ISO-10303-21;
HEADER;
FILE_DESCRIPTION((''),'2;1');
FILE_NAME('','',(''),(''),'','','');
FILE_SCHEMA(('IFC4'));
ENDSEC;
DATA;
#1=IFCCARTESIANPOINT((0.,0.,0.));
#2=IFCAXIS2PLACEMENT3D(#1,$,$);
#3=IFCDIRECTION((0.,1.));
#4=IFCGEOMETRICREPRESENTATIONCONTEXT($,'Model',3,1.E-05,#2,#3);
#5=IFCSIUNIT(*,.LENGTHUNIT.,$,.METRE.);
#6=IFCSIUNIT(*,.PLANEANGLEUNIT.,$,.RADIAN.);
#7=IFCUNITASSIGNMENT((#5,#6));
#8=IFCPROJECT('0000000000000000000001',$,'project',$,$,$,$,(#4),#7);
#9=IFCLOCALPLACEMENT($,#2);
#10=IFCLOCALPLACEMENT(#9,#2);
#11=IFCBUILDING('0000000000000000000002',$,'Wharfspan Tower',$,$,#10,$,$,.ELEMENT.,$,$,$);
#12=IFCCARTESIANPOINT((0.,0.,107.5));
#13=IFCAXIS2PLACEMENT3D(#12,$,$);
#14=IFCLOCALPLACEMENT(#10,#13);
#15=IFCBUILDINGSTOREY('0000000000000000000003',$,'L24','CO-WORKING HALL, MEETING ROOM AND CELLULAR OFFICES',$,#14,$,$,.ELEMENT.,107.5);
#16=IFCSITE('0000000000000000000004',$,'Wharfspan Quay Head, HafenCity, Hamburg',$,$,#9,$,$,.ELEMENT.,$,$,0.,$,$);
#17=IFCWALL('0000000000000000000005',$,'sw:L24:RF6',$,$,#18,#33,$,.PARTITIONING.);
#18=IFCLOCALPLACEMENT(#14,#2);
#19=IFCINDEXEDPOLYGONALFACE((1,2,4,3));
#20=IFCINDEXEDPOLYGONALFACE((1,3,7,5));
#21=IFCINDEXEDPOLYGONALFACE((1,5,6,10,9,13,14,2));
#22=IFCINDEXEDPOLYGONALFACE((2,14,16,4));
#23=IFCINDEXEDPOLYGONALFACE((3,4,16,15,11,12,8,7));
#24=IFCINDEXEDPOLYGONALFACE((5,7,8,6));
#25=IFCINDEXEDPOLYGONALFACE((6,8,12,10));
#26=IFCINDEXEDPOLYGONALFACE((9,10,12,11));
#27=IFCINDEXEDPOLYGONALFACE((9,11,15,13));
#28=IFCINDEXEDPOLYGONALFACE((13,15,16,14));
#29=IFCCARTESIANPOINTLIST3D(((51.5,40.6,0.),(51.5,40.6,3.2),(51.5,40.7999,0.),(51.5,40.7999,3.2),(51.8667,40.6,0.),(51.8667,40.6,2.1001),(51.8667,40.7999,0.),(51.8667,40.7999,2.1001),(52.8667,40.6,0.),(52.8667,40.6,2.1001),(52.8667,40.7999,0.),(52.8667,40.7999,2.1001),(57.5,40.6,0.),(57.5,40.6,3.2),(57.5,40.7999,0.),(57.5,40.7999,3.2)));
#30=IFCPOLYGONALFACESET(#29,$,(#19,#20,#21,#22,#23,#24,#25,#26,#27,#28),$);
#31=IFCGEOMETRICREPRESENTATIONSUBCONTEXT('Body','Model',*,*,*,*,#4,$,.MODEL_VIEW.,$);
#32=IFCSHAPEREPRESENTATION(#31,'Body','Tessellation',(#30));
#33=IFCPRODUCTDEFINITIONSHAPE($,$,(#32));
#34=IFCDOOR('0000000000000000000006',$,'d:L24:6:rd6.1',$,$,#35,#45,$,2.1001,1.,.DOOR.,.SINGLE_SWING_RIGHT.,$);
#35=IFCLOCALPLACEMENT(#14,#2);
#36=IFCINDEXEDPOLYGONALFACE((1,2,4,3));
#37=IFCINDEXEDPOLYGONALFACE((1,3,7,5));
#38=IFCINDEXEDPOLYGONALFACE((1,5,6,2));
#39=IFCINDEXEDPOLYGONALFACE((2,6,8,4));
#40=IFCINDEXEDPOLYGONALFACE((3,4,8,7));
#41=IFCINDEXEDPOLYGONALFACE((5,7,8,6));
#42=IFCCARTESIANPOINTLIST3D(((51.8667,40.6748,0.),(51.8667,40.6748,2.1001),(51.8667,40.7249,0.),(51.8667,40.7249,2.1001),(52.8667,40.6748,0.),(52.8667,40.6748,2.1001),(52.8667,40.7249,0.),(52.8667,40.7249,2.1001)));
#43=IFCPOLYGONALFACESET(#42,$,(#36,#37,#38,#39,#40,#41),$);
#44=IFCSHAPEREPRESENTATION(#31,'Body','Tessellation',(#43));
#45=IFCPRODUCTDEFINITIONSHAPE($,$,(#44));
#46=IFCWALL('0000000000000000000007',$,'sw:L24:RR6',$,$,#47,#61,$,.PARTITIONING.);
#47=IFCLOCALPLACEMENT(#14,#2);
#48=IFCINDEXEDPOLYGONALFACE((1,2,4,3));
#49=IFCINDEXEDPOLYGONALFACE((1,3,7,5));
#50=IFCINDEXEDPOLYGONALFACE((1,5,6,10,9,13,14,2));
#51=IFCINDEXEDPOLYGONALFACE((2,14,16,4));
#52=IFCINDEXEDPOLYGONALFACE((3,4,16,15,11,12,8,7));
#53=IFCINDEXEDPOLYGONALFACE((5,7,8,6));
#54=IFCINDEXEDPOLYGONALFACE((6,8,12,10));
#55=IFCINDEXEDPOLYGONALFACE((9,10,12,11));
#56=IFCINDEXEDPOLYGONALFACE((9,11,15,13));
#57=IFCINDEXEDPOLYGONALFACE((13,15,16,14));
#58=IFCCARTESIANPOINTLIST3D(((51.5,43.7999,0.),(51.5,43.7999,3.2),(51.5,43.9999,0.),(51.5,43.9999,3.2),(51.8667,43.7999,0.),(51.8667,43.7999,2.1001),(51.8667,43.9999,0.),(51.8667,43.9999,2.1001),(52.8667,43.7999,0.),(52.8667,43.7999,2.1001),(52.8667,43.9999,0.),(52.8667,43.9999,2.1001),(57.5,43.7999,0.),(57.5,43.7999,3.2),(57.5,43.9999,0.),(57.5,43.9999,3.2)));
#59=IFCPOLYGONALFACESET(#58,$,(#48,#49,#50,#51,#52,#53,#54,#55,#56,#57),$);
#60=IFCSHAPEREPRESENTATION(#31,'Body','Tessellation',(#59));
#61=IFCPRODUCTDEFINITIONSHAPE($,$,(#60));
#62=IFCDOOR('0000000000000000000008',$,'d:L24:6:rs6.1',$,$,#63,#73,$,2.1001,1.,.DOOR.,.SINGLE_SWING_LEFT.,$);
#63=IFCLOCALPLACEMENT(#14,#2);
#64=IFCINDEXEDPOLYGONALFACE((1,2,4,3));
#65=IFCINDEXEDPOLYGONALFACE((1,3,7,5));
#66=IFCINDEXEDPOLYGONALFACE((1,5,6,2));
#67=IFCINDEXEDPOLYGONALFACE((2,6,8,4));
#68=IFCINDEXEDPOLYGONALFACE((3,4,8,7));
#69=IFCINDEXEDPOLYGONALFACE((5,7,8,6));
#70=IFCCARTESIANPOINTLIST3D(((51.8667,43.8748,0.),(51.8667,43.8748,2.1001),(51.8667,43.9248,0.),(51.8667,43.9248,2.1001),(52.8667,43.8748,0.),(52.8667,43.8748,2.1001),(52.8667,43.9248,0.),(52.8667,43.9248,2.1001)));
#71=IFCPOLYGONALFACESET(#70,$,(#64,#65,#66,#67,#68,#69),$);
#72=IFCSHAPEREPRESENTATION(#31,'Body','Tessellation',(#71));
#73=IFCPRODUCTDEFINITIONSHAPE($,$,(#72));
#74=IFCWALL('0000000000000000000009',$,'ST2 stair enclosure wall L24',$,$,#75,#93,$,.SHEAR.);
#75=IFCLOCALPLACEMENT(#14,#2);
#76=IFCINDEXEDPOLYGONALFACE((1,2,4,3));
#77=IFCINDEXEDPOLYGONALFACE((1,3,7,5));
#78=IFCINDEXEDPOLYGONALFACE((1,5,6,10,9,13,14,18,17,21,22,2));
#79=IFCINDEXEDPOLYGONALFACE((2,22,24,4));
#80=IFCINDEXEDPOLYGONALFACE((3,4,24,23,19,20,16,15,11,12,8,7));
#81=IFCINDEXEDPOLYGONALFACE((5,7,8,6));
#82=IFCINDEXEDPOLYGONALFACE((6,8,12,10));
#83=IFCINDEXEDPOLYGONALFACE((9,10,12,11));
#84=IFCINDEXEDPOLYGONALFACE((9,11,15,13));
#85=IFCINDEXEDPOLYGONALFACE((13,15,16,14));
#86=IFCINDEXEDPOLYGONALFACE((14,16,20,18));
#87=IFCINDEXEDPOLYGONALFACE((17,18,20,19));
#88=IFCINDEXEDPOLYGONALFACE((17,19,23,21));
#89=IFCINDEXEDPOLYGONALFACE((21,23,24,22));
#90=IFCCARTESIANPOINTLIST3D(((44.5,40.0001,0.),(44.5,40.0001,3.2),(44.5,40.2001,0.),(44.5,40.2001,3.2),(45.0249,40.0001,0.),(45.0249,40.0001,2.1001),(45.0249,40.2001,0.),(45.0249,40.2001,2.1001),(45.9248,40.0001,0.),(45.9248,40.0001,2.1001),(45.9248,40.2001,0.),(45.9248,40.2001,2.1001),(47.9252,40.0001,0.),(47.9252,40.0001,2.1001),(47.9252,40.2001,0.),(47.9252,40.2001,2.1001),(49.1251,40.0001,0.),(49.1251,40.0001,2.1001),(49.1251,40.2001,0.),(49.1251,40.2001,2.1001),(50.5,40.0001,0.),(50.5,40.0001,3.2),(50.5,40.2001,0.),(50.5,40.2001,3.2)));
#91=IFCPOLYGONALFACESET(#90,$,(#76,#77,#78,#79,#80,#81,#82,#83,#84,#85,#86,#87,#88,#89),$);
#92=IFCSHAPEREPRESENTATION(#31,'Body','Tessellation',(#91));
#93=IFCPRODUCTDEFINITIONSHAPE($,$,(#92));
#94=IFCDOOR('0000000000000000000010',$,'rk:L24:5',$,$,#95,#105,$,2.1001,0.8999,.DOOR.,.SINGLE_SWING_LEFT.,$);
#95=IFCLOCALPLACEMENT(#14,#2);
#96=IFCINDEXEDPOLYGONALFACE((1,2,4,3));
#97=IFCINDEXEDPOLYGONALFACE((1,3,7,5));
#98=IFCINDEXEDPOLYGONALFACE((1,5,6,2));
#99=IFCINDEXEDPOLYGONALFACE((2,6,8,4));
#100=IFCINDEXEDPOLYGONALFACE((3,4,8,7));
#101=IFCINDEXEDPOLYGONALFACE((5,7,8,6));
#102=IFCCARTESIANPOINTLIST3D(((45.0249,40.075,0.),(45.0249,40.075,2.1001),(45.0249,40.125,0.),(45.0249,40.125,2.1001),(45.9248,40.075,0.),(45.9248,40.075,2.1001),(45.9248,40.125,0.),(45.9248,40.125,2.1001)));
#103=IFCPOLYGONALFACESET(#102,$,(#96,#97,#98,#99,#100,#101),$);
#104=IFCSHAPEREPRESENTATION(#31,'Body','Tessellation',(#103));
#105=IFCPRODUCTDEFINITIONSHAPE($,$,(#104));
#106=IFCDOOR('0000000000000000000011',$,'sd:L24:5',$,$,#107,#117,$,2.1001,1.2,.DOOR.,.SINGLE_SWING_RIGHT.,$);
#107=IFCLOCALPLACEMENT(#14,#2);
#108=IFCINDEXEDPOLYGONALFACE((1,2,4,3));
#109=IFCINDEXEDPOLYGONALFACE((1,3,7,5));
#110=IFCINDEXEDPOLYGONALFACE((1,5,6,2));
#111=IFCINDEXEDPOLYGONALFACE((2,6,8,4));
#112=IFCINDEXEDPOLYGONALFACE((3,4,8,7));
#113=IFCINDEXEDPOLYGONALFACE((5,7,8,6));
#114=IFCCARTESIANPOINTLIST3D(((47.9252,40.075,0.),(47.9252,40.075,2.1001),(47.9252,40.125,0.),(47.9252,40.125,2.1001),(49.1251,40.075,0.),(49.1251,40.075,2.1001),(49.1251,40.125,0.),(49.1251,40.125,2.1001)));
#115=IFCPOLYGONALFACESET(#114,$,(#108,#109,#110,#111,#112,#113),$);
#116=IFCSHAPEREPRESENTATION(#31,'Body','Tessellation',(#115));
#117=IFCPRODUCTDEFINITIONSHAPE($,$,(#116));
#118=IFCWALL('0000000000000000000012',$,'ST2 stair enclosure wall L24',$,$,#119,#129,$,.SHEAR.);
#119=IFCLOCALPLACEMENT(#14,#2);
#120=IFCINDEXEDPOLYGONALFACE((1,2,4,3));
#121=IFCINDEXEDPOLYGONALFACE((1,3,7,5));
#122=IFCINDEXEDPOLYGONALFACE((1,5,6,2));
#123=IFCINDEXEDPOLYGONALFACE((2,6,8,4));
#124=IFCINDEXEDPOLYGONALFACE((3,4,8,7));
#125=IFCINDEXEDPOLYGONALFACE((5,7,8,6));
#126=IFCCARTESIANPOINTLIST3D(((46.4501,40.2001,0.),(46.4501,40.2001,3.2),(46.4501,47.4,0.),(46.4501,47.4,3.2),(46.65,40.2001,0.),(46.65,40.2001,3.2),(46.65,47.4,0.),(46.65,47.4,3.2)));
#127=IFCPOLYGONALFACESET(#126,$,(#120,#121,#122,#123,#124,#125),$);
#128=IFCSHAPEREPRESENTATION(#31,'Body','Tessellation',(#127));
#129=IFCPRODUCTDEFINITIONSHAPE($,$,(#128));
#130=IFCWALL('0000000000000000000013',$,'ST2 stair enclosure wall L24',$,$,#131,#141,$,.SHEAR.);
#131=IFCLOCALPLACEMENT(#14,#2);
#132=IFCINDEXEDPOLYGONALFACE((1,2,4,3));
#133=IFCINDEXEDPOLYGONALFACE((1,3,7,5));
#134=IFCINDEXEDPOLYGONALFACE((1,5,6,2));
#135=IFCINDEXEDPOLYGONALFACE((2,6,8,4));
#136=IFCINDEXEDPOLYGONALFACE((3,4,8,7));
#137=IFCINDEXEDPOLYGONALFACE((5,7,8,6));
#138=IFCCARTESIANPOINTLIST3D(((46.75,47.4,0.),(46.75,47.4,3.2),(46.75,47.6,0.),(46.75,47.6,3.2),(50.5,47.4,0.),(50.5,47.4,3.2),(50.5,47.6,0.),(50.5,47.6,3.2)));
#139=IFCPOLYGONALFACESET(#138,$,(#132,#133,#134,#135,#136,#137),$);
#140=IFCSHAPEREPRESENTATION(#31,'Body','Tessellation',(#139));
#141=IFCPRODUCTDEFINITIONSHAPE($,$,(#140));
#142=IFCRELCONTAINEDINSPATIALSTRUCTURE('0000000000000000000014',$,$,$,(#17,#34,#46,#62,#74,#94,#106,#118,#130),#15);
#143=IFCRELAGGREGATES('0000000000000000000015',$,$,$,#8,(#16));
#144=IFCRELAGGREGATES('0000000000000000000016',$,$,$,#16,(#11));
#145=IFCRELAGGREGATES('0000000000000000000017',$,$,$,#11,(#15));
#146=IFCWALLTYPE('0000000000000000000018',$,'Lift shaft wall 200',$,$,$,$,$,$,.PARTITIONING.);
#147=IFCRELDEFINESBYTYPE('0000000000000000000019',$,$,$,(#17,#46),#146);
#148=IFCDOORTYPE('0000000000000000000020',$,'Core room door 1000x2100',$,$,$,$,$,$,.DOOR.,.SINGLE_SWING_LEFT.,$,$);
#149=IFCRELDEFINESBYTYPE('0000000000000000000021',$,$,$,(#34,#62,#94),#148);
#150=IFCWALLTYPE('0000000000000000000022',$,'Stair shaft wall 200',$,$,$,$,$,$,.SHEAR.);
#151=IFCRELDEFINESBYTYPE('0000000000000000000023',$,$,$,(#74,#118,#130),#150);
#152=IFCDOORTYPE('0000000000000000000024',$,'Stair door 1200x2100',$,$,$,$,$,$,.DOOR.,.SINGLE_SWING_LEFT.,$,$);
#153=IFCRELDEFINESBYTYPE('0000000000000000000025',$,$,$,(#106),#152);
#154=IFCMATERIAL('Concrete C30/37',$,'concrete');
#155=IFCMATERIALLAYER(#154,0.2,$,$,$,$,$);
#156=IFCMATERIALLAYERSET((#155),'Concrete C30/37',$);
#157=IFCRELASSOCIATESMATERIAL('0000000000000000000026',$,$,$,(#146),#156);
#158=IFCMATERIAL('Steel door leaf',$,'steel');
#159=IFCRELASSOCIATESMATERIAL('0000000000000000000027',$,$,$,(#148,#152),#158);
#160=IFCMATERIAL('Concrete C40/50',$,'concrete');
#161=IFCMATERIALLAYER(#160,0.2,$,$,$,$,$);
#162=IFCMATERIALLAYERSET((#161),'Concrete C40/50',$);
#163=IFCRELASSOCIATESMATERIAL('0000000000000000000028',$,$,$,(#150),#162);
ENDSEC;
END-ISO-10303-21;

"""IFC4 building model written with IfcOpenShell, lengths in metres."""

from ifc_helpers import new_model, si_unit, direction, frame, frame_2d, origin, place, context, subcontext, project, spatial, rectangle, extrude, material, layer, layer_set, type_object, element, fill, save


model = new_model("IFC4")

# Units and contexts
model_context = context("Model", 3, precision=1e-05, world=origin(), true_north=direction((0.0, 1.0)))
body_context = subcontext(model_context, "Body", "Model", "MODEL_VIEW")
ifc_project = project(units=[si_unit("LENGTHUNIT", "METRE"), si_unit("PLANEANGLEUNIT", "RADIAN")], contexts=[model_context])

# Site, building, storey
site_placement = place(None, origin())
site = spatial("IfcSite", under=ifc_project, at=site_placement, Name="Wharfspan Quay Head, HafenCity, Hamburg", CompositionType="ELEMENT", RefElevation=0.0)
building_placement = place(site_placement, origin())
building = spatial("IfcBuilding", under=site, at=building_placement, Name="Wharfspan Tower", CompositionType="ELEMENT")
storey_placement = place(building_placement, frame((0.0, 0.0, 107.5)))
storey = spatial("IfcBuildingStorey", under=building, at=storey_placement, Name="L24", Description="CO-WORKING HALL, MEETING ROOM AND CELLULAR OFFICES", CompositionType="ELEMENT", Elevation=107.5)

# Walls, openings, doors
ifc_material_1 = material(Name="Steel door leaf", Category="steel")
ifc_material_2 = material(Name="Concrete C30/37", Category="concrete")
ifc_layer_1 = layer(ifc_material_2, 0.2)
ifc_layer_set_1 = layer_set([ifc_layer_1], Name="Concrete C30/37")
wall_type_1 = type_object("IfcWallType", Name="Lift shaft wall 200", PredefinedType="PARTITIONING", material=ifc_layer_set_1)
wall_1_placement = place(storey_placement, frame((51.5, 40.7, 0.0), z_axis=(0.0, 0.0, 1.0), x_axis=(1.0, 0.0, 0.0)))
wall_1 = element("IfcWall", 1, at=wall_1_placement, inside=storey, type_object=wall_type_1, Name="sw:L24:RF6", PredefinedType="PARTITIONING", context=body_context, shape_type="SweptSolid", body=[
    extrude(rectangle(XDim=6.0, YDim=0.2, at=frame_2d((3.0, 0.0))), origin(), (0.0, 0.0, 1.0), 3.2),
])
opening_1_placement = place(wall_1_placement, frame((0.3667, 0.0, 0.0)))
opening_1 = element("IfcOpeningElement", 2, at=opening_1_placement, cuts=wall_1, PredefinedType="OPENING", context=body_context, shape_type="SweptSolid", body=[
    extrude(rectangle(XDim=1.0, YDim=2.1001, at=frame_2d((0.5, 1.05))), frame((0.0, 0.1099, 0.0), z_axis=(0.0, -1.0, 0.0), x_axis=(1.0, 0.0, 0.0)), (0.0, 0.0, 1.0), 0.22),
])
door_type_1 = type_object("IfcDoorType", Name="Core room door 1000x2100", OperationType="SINGLE_SWING_LEFT", PredefinedType="DOOR", material=ifc_material_1)
door_1_placement = place(opening_1_placement, origin())
door_1 = element("IfcDoor", 3, at=door_1_placement, inside=storey, type_object=door_type_1, Name="d:L24:6:rd6.1", OperationType="SINGLE_SWING_RIGHT", OverallHeight=2.1001, OverallWidth=1.0, PredefinedType="DOOR", context=body_context, shape_type="SweptSolid", body=[
    extrude(rectangle(XDim=1.0, YDim=2.1001, at=frame_2d((0.5, 1.05))), frame((0.0, 0.0249, 0.0), z_axis=(0.0, -1.0, 0.0), x_axis=(1.0, 0.0, 0.0)), (0.0, 0.0, 1.0), 0.05),
])
fill(opening_1, door_1)
wall_2_placement = place(storey_placement, frame((51.5, 43.8999, 0.0), z_axis=(0.0, 0.0, 1.0), x_axis=(1.0, 0.0, 0.0)))
wall_2 = element("IfcWall", 4, at=wall_2_placement, inside=storey, type_object=wall_type_1, Name="sw:L24:RR6", PredefinedType="PARTITIONING", context=body_context, shape_type="SweptSolid", body=[
    extrude(rectangle(XDim=6.0, YDim=0.2, at=frame_2d((3.0, 0.0))), origin(), (0.0, 0.0, 1.0), 3.2),
])
opening_2_placement = place(wall_2_placement, frame((0.3667, 0.0, 0.0)))
opening_2 = element("IfcOpeningElement", 5, at=opening_2_placement, cuts=wall_2, PredefinedType="OPENING", context=body_context, shape_type="SweptSolid", body=[
    extrude(rectangle(XDim=1.0, YDim=2.1001, at=frame_2d((0.5, 1.05))), frame((0.0, 0.1099, 0.0), z_axis=(0.0, -1.0, 0.0), x_axis=(1.0, 0.0, 0.0)), (0.0, 0.0, 1.0), 0.22),
])
door_2_placement = place(opening_2_placement, origin())
door_2 = element("IfcDoor", 6, at=door_2_placement, inside=storey, type_object=door_type_1, Name="d:L24:6:rs6.1", OperationType="SINGLE_SWING_LEFT", OverallHeight=2.1001, OverallWidth=1.0, PredefinedType="DOOR", context=body_context, shape_type="SweptSolid", body=[
    extrude(rectangle(XDim=1.0, YDim=2.1001, at=frame_2d((0.5, 1.05))), frame((0.0, 0.0249, 0.0), z_axis=(0.0, -1.0, 0.0), x_axis=(1.0, 0.0, 0.0)), (0.0, 0.0, 1.0), 0.05),
])
fill(opening_2, door_2)

# Wall, openings, doors
ifc_material_3 = material(Name="Concrete C40/50", Category="concrete")
ifc_layer_2 = layer(ifc_material_3, 0.2)
ifc_layer_set_2 = layer_set([ifc_layer_2], Name="Concrete C40/50")
wall_type_2 = type_object("IfcWallType", Name="Stair shaft wall 200", PredefinedType="SHEAR", material=ifc_layer_set_2)
wall_3_placement = place(storey_placement, frame((44.5, 40.1001, 0.0), z_axis=(0.0, 0.0, 1.0), x_axis=(1.0, 0.0, 0.0)))
wall_3 = element("IfcWall", 7, at=wall_3_placement, inside=storey, type_object=wall_type_2, Name="ST2 stair enclosure wall L24", PredefinedType="SHEAR", context=body_context, shape_type="SweptSolid", body=[
    extrude(rectangle(XDim=6.0, YDim=0.2, at=frame_2d((3.0, 0.0))), origin(), (0.0, 0.0, 1.0), 3.2),
])
opening_3_placement = place(wall_3_placement, frame((3.425, 0.0, 0.0)))
opening_3 = element("IfcOpeningElement", 8, at=opening_3_placement, cuts=wall_3, PredefinedType="OPENING", context=body_context, shape_type="SweptSolid", body=[
    extrude(rectangle(XDim=1.2, YDim=2.1001, at=frame_2d((0.6001, 1.05))), frame((0.0, 0.1099, 0.0), z_axis=(0.0, -1.0, 0.0), x_axis=(1.0, 0.0, 0.0)), (0.0, 0.0, 1.0), 0.22),
])
opening_4_placement = place(wall_3_placement, frame((0.5249, 0.0, 0.0)))
opening_4 = element("IfcOpeningElement", 9, at=opening_4_placement, cuts=wall_3, PredefinedType="OPENING", context=body_context, shape_type="SweptSolid", body=[
    extrude(rectangle(XDim=0.8999, YDim=2.1001, at=frame_2d((0.45, 1.05))), frame((0.0, 0.1099, 0.0), z_axis=(0.0, -1.0, 0.0), x_axis=(1.0, 0.0, 0.0)), (0.0, 0.0, 1.0), 0.22),
])
door_3_placement = place(opening_4_placement, origin())
door_3 = element("IfcDoor", 10, at=door_3_placement, inside=storey, type_object=door_type_1, Name="rk:L24:5", OperationType="SINGLE_SWING_LEFT", OverallHeight=2.1001, OverallWidth=0.8999, PredefinedType="DOOR", context=body_context, shape_type="SweptSolid", body=[
    extrude(rectangle(XDim=0.8999, YDim=2.1001, at=frame_2d((0.45, 1.05))), frame((0.0, 0.0249, 0.0), z_axis=(0.0, -1.0, 0.0), x_axis=(1.0, 0.0, 0.0)), (0.0, 0.0, 1.0), 0.05),
])
fill(opening_4, door_3)
door_type_2 = type_object("IfcDoorType", Name="Stair door 1200x2100", OperationType="SINGLE_SWING_LEFT", PredefinedType="DOOR", material=ifc_material_1)
door_4_placement = place(opening_3_placement, origin())
door_4 = element("IfcDoor", 11, at=door_4_placement, inside=storey, type_object=door_type_2, Name="sd:L24:5", OperationType="SINGLE_SWING_RIGHT", OverallHeight=2.1001, OverallWidth=1.2, PredefinedType="DOOR", context=body_context, shape_type="SweptSolid", body=[
    extrude(rectangle(XDim=1.2, YDim=2.1001, at=frame_2d((0.6001, 1.05))), frame((0.0, 0.0249, 0.0), z_axis=(0.0, -1.0, 0.0), x_axis=(1.0, 0.0, 0.0)), (0.0, 0.0, 1.0), 0.05),
])
fill(opening_3, door_4)

# Walls
wall_4_placement = place(storey_placement, frame((46.55, 40.2, 0.0), z_axis=(0.0, 0.0, 1.0), x_axis=(0.0, 1.0, 0.0)))
element("IfcWall", 12, at=wall_4_placement, inside=storey, type_object=wall_type_2, Name="ST2 stair enclosure wall L24", PredefinedType="SHEAR", context=body_context, shape_type="SweptSolid", body=[
    extrude(rectangle(XDim=7.2, YDim=0.2, at=frame_2d((3.6001, 0.0))), origin(), (0.0, 0.0, 1.0), 3.2),
])
wall_5_placement = place(storey_placement, frame((46.75, 47.5, 0.0), z_axis=(0.0, 0.0, 1.0), x_axis=(1.0, 0.0, 0.0)))
element("IfcWall", 13, at=wall_5_placement, inside=storey, type_object=wall_type_2, Name="ST2 stair enclosure wall L24", PredefinedType="SHEAR", context=body_context, shape_type="SweptSolid", body=[
    extrude(rectangle(XDim=3.75, YDim=0.2, at=frame_2d((1.875, 0.0))), origin(), (0.0, 0.0, 1.0), 3.2),
])

save(model, "model.ifc")
